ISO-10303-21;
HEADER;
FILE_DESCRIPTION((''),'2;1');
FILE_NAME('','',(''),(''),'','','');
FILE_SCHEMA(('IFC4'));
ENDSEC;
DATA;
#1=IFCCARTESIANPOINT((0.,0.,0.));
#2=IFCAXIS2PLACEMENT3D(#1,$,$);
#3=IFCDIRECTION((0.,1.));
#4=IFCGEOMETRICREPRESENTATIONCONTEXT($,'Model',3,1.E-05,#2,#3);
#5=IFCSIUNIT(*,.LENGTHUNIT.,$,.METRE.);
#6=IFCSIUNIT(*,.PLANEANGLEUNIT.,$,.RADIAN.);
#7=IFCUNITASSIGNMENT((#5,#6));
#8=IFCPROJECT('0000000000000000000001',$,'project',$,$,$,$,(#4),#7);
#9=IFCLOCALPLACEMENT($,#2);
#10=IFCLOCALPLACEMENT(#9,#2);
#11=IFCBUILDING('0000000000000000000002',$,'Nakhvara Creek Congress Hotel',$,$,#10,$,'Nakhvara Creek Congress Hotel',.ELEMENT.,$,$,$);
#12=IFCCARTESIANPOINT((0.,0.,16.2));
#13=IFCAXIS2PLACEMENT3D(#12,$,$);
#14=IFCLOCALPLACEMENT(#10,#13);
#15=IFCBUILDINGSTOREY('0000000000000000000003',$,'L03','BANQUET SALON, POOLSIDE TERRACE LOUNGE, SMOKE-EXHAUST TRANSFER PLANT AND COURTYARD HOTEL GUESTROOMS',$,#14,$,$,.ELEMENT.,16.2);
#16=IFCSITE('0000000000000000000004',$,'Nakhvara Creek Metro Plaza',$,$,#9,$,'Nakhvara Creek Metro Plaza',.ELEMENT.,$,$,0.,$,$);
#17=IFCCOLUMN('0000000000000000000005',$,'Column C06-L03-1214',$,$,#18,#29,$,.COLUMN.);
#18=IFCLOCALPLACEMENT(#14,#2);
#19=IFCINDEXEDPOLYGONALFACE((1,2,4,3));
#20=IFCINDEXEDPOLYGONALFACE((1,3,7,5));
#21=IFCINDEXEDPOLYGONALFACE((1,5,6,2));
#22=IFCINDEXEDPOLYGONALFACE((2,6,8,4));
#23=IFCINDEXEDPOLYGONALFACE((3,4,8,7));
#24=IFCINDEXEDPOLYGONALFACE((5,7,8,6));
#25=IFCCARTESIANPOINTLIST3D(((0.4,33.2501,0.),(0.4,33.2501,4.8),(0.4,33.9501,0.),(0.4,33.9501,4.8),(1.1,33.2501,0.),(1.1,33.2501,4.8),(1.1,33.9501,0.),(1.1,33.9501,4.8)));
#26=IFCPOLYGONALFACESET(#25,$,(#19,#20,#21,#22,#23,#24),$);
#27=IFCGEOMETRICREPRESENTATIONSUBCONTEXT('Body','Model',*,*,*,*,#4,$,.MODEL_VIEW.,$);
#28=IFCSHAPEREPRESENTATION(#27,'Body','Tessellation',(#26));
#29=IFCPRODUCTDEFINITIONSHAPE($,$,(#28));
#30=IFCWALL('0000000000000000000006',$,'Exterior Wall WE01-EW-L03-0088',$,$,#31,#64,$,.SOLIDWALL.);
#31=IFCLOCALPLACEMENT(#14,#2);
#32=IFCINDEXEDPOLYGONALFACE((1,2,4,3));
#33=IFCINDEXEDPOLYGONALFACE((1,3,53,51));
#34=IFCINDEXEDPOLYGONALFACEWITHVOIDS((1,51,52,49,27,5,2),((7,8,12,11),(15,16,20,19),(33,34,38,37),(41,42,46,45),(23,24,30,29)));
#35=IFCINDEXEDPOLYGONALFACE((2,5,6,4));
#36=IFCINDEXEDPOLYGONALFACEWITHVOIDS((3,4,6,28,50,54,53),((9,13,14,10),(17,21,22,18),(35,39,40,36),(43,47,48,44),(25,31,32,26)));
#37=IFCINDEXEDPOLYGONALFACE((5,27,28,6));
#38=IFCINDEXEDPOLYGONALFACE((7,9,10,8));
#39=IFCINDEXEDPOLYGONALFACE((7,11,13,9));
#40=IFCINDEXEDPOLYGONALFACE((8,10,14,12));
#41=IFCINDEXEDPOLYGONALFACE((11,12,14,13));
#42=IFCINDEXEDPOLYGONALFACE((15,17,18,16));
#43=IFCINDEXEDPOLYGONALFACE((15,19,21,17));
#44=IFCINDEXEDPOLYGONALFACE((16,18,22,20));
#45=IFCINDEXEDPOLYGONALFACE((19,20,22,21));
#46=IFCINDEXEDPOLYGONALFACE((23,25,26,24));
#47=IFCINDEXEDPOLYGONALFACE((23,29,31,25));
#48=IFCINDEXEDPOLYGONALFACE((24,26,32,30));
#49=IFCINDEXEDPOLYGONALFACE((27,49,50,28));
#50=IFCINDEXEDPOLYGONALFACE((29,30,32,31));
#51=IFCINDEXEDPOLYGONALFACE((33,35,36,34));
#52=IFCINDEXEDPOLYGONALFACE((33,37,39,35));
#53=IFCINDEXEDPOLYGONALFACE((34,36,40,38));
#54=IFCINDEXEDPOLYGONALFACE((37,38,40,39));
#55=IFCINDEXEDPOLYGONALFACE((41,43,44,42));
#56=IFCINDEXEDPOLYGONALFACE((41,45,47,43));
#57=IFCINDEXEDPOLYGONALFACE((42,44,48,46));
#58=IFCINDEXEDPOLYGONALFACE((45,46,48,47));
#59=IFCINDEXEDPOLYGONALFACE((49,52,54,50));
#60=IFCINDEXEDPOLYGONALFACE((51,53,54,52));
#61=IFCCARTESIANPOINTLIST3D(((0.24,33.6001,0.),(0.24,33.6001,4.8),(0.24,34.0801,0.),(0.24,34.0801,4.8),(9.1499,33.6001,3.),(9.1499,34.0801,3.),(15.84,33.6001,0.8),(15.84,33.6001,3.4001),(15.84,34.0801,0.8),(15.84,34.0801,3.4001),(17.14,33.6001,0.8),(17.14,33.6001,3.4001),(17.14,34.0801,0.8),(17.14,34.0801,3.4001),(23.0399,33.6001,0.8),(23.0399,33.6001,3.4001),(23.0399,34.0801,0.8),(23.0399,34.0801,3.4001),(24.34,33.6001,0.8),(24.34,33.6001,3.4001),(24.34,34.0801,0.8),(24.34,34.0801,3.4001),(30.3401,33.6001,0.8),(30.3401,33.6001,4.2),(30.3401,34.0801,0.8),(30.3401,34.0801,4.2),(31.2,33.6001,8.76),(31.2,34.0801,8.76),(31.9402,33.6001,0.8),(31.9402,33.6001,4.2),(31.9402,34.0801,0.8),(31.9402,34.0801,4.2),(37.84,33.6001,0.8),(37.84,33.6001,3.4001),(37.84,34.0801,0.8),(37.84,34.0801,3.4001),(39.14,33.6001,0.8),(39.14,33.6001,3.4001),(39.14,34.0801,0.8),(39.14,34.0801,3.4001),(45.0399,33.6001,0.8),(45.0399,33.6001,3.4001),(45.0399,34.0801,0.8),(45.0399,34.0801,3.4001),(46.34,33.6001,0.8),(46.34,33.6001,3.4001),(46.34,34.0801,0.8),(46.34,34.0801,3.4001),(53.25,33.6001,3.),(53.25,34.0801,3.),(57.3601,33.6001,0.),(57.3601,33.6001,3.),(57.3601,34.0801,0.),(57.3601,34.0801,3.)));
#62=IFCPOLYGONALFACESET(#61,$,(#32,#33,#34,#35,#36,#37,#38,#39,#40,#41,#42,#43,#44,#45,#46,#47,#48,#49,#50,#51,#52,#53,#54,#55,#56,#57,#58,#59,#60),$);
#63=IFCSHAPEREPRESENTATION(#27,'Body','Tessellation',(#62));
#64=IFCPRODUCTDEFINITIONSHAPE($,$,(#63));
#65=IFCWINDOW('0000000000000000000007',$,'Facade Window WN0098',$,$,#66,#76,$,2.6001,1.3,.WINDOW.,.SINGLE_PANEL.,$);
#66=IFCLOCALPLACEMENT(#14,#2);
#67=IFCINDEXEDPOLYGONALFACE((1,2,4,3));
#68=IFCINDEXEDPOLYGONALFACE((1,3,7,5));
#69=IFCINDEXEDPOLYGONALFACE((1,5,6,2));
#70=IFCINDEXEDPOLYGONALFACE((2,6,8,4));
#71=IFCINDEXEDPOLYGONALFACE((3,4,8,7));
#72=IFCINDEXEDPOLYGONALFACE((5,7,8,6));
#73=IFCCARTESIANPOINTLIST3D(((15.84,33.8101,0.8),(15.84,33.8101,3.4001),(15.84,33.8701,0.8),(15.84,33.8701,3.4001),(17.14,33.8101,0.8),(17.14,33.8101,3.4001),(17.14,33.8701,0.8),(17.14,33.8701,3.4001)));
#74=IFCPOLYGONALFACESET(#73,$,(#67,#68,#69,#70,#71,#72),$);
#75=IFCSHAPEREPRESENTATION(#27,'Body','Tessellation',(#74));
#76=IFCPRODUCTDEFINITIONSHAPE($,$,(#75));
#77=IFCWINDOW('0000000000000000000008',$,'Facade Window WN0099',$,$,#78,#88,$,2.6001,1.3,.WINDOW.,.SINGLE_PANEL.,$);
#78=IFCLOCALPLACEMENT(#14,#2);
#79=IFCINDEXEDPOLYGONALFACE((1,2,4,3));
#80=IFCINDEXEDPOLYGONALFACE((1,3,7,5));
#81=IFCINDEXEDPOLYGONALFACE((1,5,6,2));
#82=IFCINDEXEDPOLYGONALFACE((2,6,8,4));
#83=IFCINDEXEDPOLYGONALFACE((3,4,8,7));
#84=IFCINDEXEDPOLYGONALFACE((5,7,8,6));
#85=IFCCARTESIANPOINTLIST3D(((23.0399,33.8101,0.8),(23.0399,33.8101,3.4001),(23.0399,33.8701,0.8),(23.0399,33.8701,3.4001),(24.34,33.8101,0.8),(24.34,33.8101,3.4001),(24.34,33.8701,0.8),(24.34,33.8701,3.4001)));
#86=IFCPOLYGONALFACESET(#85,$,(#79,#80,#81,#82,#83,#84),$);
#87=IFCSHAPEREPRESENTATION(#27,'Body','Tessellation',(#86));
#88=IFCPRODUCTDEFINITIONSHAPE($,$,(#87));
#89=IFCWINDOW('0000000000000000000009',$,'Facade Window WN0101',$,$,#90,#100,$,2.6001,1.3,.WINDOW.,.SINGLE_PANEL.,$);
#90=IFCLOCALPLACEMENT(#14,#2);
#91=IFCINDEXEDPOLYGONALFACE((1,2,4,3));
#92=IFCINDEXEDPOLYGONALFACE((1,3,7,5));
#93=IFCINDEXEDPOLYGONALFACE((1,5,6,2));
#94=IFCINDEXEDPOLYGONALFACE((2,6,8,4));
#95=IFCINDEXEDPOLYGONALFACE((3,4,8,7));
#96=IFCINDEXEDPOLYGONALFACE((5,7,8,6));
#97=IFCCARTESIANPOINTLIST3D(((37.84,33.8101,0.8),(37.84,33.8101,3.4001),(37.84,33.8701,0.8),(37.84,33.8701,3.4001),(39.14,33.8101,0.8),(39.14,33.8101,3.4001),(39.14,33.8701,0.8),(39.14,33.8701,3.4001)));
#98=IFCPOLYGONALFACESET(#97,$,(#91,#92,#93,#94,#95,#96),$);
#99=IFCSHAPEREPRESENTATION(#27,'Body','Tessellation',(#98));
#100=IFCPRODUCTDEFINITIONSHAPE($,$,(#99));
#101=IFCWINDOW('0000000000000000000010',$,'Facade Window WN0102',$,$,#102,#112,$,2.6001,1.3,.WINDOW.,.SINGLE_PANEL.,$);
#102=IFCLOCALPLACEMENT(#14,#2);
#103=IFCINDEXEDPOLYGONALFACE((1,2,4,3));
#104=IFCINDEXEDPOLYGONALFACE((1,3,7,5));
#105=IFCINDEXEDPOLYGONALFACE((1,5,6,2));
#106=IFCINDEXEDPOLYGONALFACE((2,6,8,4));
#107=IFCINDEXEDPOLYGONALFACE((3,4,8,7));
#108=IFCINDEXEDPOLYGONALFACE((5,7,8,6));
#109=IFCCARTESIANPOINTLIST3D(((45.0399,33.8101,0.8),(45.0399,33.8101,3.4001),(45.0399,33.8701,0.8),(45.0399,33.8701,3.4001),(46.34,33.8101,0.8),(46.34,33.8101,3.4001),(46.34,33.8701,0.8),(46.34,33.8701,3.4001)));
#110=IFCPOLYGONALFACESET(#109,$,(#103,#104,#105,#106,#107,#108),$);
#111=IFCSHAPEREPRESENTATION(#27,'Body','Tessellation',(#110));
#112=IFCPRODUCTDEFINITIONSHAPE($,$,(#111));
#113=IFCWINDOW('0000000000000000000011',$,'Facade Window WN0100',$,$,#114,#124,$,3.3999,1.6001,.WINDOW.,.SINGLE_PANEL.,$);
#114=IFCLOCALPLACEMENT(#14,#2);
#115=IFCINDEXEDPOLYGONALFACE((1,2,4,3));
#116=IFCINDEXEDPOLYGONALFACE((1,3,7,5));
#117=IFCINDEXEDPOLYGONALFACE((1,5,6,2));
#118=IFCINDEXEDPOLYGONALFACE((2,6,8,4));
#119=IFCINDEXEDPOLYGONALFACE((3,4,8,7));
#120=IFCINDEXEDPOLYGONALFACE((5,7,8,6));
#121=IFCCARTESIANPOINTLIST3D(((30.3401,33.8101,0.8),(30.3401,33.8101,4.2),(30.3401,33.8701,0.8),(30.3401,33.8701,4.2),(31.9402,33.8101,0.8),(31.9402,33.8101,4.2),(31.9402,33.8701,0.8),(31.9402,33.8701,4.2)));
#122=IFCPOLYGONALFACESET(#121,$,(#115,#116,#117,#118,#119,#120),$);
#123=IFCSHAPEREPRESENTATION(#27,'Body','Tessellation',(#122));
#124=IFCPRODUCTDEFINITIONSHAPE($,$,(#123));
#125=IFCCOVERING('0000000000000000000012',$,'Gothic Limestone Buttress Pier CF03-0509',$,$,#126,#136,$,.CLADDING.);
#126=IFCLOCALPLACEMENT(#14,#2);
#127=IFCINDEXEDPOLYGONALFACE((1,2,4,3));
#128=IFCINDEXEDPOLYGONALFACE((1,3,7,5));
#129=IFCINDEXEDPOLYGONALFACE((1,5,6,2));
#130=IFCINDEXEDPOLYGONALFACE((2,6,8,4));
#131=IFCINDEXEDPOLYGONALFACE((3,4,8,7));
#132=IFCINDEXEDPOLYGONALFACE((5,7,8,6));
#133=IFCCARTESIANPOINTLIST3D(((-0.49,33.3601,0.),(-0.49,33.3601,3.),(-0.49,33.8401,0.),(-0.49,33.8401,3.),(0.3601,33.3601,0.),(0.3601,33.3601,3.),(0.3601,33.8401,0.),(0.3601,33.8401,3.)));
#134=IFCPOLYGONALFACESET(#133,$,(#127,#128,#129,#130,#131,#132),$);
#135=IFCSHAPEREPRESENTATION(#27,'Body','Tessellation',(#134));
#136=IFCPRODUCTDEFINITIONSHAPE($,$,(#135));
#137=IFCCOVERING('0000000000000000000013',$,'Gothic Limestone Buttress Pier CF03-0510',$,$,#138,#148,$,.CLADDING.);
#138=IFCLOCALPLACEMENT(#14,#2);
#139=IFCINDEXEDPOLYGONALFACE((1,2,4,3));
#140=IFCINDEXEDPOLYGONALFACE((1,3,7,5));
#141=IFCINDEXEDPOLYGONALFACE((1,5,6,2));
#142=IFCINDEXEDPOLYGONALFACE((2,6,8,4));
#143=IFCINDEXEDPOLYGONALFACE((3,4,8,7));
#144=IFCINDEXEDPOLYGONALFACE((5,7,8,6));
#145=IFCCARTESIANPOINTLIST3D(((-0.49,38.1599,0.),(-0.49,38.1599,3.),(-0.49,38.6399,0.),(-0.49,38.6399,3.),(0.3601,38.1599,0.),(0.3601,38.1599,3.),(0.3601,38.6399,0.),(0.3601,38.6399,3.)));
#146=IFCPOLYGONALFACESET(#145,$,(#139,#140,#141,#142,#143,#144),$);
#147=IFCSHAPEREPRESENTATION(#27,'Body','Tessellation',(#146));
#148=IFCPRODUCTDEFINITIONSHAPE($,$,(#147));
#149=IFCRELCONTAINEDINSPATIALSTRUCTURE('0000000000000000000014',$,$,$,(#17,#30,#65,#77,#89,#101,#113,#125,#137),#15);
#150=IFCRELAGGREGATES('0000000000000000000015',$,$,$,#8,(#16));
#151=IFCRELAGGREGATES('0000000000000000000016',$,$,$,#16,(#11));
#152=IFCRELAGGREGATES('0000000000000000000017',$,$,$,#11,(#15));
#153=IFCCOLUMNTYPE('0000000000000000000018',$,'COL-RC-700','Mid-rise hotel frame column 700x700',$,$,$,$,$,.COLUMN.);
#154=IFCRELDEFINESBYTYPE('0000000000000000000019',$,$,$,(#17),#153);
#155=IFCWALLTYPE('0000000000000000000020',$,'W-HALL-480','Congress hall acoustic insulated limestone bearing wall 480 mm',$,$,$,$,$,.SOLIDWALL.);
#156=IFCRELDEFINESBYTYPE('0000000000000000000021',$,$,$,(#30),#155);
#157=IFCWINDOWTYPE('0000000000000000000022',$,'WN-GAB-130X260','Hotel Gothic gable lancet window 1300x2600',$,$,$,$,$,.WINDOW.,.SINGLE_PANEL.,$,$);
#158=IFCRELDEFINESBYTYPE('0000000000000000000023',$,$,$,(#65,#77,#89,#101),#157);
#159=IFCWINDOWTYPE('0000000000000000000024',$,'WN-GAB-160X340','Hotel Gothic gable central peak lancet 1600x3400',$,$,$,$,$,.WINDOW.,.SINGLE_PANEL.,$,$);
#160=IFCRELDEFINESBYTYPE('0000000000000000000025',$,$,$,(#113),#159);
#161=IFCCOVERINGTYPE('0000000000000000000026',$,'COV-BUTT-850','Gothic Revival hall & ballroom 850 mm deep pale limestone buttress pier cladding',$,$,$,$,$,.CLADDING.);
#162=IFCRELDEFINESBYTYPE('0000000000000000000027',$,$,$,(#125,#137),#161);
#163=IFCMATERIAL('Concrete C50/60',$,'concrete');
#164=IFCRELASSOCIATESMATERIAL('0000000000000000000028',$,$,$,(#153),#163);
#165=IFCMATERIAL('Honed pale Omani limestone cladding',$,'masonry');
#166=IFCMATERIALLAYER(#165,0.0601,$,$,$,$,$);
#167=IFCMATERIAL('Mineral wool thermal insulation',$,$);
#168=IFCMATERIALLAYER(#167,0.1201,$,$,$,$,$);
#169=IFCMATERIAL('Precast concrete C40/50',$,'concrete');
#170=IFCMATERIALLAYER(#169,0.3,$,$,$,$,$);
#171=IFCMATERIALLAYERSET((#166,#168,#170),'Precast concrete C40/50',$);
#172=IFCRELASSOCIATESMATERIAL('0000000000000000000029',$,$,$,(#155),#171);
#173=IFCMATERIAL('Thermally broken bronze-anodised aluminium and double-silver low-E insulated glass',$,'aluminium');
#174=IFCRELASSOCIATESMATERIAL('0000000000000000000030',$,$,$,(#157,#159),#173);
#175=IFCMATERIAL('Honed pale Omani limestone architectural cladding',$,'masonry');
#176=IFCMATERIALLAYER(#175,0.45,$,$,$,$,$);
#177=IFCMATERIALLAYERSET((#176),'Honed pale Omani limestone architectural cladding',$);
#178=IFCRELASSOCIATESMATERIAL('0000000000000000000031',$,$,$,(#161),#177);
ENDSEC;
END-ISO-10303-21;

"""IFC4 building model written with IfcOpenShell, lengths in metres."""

from ifc_helpers import new_model, si_unit, direction, frame, frame_2d, origin, origin_2d, place, context, subcontext, project, spatial, polyline, rectangle, outline, extrude, material, layer, layer_set, material_profile, profile_set, type_object, element, fill, save


model = new_model("IFC4")

# Units and contexts
model_context = context("Model", 3, precision=1e-05, world=origin(), true_north=direction((0.0, 1.0)))
body_context = subcontext(model_context, "Body", "Model", "MODEL_VIEW")
ifc_project = project(units=[si_unit("LENGTHUNIT", "METRE"), si_unit("PLANEANGLEUNIT", "RADIAN")], contexts=[model_context])

# Site, building, storey
site_placement = place(None, origin())
site = spatial("IfcSite", under=ifc_project, at=site_placement, Name="Nakhvara Creek Metro Plaza", LongName="Nakhvara Creek Metro Plaza", CompositionType="ELEMENT", RefElevation=0.0)
building_placement = place(site_placement, origin())
building = spatial("IfcBuilding", under=site, at=building_placement, Name="Nakhvara Creek Congress Hotel", LongName="Nakhvara Creek Congress Hotel", CompositionType="ELEMENT")
storey_placement = place(building_placement, frame((0.0, 0.0, 16.2)))
storey = spatial("IfcBuildingStorey", under=building, at=storey_placement, Name="L03", Description="BANQUET SALON, POOLSIDE TERRACE LOUNGE, SMOKE-EXHAUST TRANSFER PLANT AND COURTYARD HOTEL GUESTROOMS", CompositionType="ELEMENT", Elevation=16.2)

# Column
ifc_material_1 = material(Name="Concrete C50/60", Category="concrete")
ifc_material_profile = material_profile(ifc_material_1, rectangle(XDim=0.7, YDim=0.7, at=origin_2d()), Name="RC-COL 700x700", Category="LoadBearing")
ifc_profile_set = profile_set([ifc_material_profile], Name="Concrete C50/60")
column_type = type_object("IfcColumnType", Name="COL-RC-700", Description="Mid-rise hotel frame column 700x700", PredefinedType="COLUMN", material=ifc_profile_set)
column_placement = place(storey_placement, frame((0.75, 33.6001, 0.0), z_axis=(0.0, 0.0, 1.0), x_axis=(1.0, 0.0, 0.0)))
element("IfcColumn", 1, at=column_placement, inside=storey, type_object=column_type, Name="Column C06-L03-1214", PredefinedType="COLUMN", context=body_context, shape_type="SweptSolid", body=[
    extrude(rectangle(XDim=0.7, YDim=0.7, at=origin_2d()), origin(), (0.0, 0.0, 1.0), 4.8),
])

# Wall, openings, windows
ifc_material_2 = material(Name="Honed pale Omani limestone cladding", Category="masonry")
ifc_layer_1 = layer(ifc_material_2, 0.0601)
ifc_material_3 = material(Name="Mineral wool thermal insulation")
ifc_layer_2 = layer(ifc_material_3, 0.1201)
ifc_material_4 = material(Name="Precast concrete C40/50", Category="concrete")
ifc_layer_3 = layer(ifc_material_4, 0.3)
ifc_layer_set_1 = layer_set([ifc_layer_1, ifc_layer_2, ifc_layer_3], Name="Precast concrete C40/50")
wall_type = type_object("IfcWallType", Name="W-HALL-480", Description="Congress hall acoustic insulated limestone bearing wall 480 mm", PredefinedType="SOLIDWALL", material=ifc_layer_set_1)
ifc_material_5 = material(Name="Thermally broken bronze-anodised aluminium and double-silver low-E insulated glass", Category="aluminium")
wall_1_placement = place(storey_placement, frame((0.24, 33.8401, 0.0), z_axis=(0.0, 0.0, 1.0), x_axis=(1.0, 0.0, 0.0)))
wall_1 = element("IfcWall", 2, at=wall_1_placement, inside=storey, type_object=wall_type, Name="Exterior Wall WE01-EW-L03-0088", PredefinedType="SOLIDWALL", context=body_context, shape_type="SweptSolid", body=[
    extrude(outline(polyline([(0.0, 0.0), (57.1201, 0.0), (57.1201, 3.0), (53.01, 3.0), (30.96, 8.76), (8.9099, 3.0), (0.0, 4.8), (0.0, 0.0)])), frame((0.0, 0.24, 0.0), z_axis=(0.0, -1.0, 0.0), x_axis=(1.0, 0.0, 0.0)), (0.0, 0.0, 1.0), 0.48),
])
opening_1_placement = place(wall_1_placement, frame((15.6001, 0.0, 0.8)))
opening_1 = element("IfcOpeningElement", 3, at=opening_1_placement, cuts=wall_1, PredefinedType="OPENING", context=body_context, shape_type="SweptSolid", body=[
    extrude(rectangle(XDim=1.3, YDim=2.6001, at=frame_2d((0.6499, 1.3))), frame((0.0, 0.252, 0.0), z_axis=(0.0, -1.0, 0.0), x_axis=(1.0, 0.0, 0.0)), (0.0, 0.0, 1.0), 0.5039),
])
opening_2_placement = place(wall_1_placement, frame((22.8, 0.0, 0.8)))
opening_2 = element("IfcOpeningElement", 4, at=opening_2_placement, cuts=wall_1, PredefinedType="OPENING", context=body_context, shape_type="SweptSolid", body=[
    extrude(rectangle(XDim=1.3, YDim=2.6001, at=frame_2d((0.6499, 1.3))), frame((0.0, 0.252, 0.0), z_axis=(0.0, -1.0, 0.0), x_axis=(1.0, 0.0, 0.0)), (0.0, 0.0, 1.0), 0.5039),
])
opening_3_placement = place(wall_1_placement, frame((30.1001, 0.0, 0.8)))
opening_3 = element("IfcOpeningElement", 5, at=opening_3_placement, cuts=wall_1, PredefinedType="OPENING", context=body_context, shape_type="SweptSolid", body=[
    extrude(rectangle(XDim=1.6001, YDim=3.3999, at=frame_2d((0.8, 1.7))), frame((0.0, 0.252, 0.0), z_axis=(0.0, -1.0, 0.0), x_axis=(1.0, 0.0, 0.0)), (0.0, 0.0, 1.0), 0.5039),
])
opening_4_placement = place(wall_1_placement, frame((37.6001, 0.0, 0.8)))
opening_4 = element("IfcOpeningElement", 6, at=opening_4_placement, cuts=wall_1, PredefinedType="OPENING", context=body_context, shape_type="SweptSolid", body=[
    extrude(rectangle(XDim=1.3, YDim=2.6001, at=frame_2d((0.6499, 1.3))), frame((0.0, 0.252, 0.0), z_axis=(0.0, -1.0, 0.0), x_axis=(1.0, 0.0, 0.0)), (0.0, 0.0, 1.0), 0.5039),
])
opening_5_placement = place(wall_1_placement, frame((44.8, 0.0, 0.8)))
opening_5 = element("IfcOpeningElement", 7, at=opening_5_placement, cuts=wall_1, PredefinedType="OPENING", context=body_context, shape_type="SweptSolid", body=[
    extrude(rectangle(XDim=1.3, YDim=2.6001, at=frame_2d((0.6499, 1.3))), frame((0.0, 0.252, 0.0), z_axis=(0.0, -1.0, 0.0), x_axis=(1.0, 0.0, 0.0)), (0.0, 0.0, 1.0), 0.5039),
])
window_type_1 = type_object("IfcWindowType", Name="WN-GAB-130X260", Description="Hotel Gothic gable lancet window 1300x2600", PartitioningType="SINGLE_PANEL", PredefinedType="WINDOW", material=ifc_material_5)
window_1_placement = place(opening_1_placement, origin())
window_1 = element("IfcWindow", 8, at=window_1_placement, inside=storey, type_object=window_type_1, Name="Facade Window WN0098", OverallHeight=2.6001, OverallWidth=1.3, PartitioningType="SINGLE_PANEL", PredefinedType="WINDOW", context=body_context, shape_type="SweptSolid", body=[
    extrude(rectangle(XDim=1.3, YDim=2.6001, at=frame_2d((0.6499, 1.3))), frame((0.0, 0.03, 0.0), z_axis=(0.0, -1.0, 0.0), x_axis=(1.0, 0.0, 0.0)), (0.0, 0.0, 1.0), 0.0601),
])
fill(opening_1, window_1)
window_2_placement = place(opening_2_placement, origin())
window_2 = element("IfcWindow", 9, at=window_2_placement, inside=storey, type_object=window_type_1, Name="Facade Window WN0099", OverallHeight=2.6001, OverallWidth=1.3, PartitioningType="SINGLE_PANEL", PredefinedType="WINDOW", context=body_context, shape_type="SweptSolid", body=[
    extrude(rectangle(XDim=1.3, YDim=2.6001, at=frame_2d((0.6499, 1.3))), frame((0.0, 0.03, 0.0), z_axis=(0.0, -1.0, 0.0), x_axis=(1.0, 0.0, 0.0)), (0.0, 0.0, 1.0), 0.0601),
])
fill(opening_2, window_2)
window_3_placement = place(opening_4_placement, origin())
window_3 = element("IfcWindow", 10, at=window_3_placement, inside=storey, type_object=window_type_1, Name="Facade Window WN0101", OverallHeight=2.6001, OverallWidth=1.3, PartitioningType="SINGLE_PANEL", PredefinedType="WINDOW", context=body_context, shape_type="SweptSolid", body=[
    extrude(rectangle(XDim=1.3, YDim=2.6001, at=frame_2d((0.6499, 1.3))), frame((0.0, 0.03, 0.0), z_axis=(0.0, -1.0, 0.0), x_axis=(1.0, 0.0, 0.0)), (0.0, 0.0, 1.0), 0.0601),
])
fill(opening_4, window_3)
window_4_placement = place(opening_5_placement, origin())
window_4 = element("IfcWindow", 11, at=window_4_placement, inside=storey, type_object=window_type_1, Name="Facade Window WN0102", OverallHeight=2.6001, OverallWidth=1.3, PartitioningType="SINGLE_PANEL", PredefinedType="WINDOW", context=body_context, shape_type="SweptSolid", body=[
    extrude(rectangle(XDim=1.3, YDim=2.6001, at=frame_2d((0.6499, 1.3))), frame((0.0, 0.03, 0.0), z_axis=(0.0, -1.0, 0.0), x_axis=(1.0, 0.0, 0.0)), (0.0, 0.0, 1.0), 0.0601),
])
fill(opening_5, window_4)
window_type_2 = type_object("IfcWindowType", Name="WN-GAB-160X340", Description="Hotel Gothic gable central peak lancet 1600x3400", PartitioningType="SINGLE_PANEL", PredefinedType="WINDOW", material=ifc_material_5)
window_5_placement = place(opening_3_placement, origin())
window_5 = element("IfcWindow", 12, at=window_5_placement, inside=storey, type_object=window_type_2, Name="Facade Window WN0100", OverallHeight=3.3999, OverallWidth=1.6001, PartitioningType="SINGLE_PANEL", PredefinedType="WINDOW", context=body_context, shape_type="SweptSolid", body=[
    extrude(rectangle(XDim=1.6001, YDim=3.3999, at=frame_2d((0.8, 1.7))), frame((0.0, 0.03, 0.0), z_axis=(0.0, -1.0, 0.0), x_axis=(1.0, 0.0, 0.0)), (0.0, 0.0, 1.0), 0.0601),
])
fill(opening_3, window_5)

# Coverings
ifc_material_6 = material(Name="Honed pale Omani limestone architectural cladding", Category="masonry")
ifc_layer_4 = layer(ifc_material_6, 0.45)
ifc_layer_set_2 = layer_set([ifc_layer_4], Name="Honed pale Omani limestone architectural cladding")
covering_type = type_object("IfcCoveringType", Name="COV-BUTT-850", Description="Gothic Revival hall & ballroom 850 mm deep pale limestone buttress pier cladding", PredefinedType="CLADDING", material=ifc_layer_set_2)
for number, where, z_axis, x_axis, name in (
    (13, (-0.0649, 33.6001, 0.0), (0.0, 0.0, 1.0), (0.0, 1.0, 0.0), "Gothic Limestone Buttress Pier CF03-0509"),
    (14, (-0.0649, 38.3999, 0.0), (0.0, 0.0, 1.0), (0.0, 1.0, 0.0), "Gothic Limestone Buttress Pier CF03-0510"),
):
    element("IfcCovering", number, at=place(storey_placement, frame(where, z_axis=z_axis, x_axis=x_axis)), inside=storey, type_object=covering_type, Name=name, PredefinedType="CLADDING", context=body_context, shape_type="SweptSolid", body=[
        extrude(rectangle(XDim=0.48, YDim=0.8501, at=origin_2d()), origin(), (0.0, 0.0, 1.0), 3.0),
    ])

save(model, "model.ifc")
